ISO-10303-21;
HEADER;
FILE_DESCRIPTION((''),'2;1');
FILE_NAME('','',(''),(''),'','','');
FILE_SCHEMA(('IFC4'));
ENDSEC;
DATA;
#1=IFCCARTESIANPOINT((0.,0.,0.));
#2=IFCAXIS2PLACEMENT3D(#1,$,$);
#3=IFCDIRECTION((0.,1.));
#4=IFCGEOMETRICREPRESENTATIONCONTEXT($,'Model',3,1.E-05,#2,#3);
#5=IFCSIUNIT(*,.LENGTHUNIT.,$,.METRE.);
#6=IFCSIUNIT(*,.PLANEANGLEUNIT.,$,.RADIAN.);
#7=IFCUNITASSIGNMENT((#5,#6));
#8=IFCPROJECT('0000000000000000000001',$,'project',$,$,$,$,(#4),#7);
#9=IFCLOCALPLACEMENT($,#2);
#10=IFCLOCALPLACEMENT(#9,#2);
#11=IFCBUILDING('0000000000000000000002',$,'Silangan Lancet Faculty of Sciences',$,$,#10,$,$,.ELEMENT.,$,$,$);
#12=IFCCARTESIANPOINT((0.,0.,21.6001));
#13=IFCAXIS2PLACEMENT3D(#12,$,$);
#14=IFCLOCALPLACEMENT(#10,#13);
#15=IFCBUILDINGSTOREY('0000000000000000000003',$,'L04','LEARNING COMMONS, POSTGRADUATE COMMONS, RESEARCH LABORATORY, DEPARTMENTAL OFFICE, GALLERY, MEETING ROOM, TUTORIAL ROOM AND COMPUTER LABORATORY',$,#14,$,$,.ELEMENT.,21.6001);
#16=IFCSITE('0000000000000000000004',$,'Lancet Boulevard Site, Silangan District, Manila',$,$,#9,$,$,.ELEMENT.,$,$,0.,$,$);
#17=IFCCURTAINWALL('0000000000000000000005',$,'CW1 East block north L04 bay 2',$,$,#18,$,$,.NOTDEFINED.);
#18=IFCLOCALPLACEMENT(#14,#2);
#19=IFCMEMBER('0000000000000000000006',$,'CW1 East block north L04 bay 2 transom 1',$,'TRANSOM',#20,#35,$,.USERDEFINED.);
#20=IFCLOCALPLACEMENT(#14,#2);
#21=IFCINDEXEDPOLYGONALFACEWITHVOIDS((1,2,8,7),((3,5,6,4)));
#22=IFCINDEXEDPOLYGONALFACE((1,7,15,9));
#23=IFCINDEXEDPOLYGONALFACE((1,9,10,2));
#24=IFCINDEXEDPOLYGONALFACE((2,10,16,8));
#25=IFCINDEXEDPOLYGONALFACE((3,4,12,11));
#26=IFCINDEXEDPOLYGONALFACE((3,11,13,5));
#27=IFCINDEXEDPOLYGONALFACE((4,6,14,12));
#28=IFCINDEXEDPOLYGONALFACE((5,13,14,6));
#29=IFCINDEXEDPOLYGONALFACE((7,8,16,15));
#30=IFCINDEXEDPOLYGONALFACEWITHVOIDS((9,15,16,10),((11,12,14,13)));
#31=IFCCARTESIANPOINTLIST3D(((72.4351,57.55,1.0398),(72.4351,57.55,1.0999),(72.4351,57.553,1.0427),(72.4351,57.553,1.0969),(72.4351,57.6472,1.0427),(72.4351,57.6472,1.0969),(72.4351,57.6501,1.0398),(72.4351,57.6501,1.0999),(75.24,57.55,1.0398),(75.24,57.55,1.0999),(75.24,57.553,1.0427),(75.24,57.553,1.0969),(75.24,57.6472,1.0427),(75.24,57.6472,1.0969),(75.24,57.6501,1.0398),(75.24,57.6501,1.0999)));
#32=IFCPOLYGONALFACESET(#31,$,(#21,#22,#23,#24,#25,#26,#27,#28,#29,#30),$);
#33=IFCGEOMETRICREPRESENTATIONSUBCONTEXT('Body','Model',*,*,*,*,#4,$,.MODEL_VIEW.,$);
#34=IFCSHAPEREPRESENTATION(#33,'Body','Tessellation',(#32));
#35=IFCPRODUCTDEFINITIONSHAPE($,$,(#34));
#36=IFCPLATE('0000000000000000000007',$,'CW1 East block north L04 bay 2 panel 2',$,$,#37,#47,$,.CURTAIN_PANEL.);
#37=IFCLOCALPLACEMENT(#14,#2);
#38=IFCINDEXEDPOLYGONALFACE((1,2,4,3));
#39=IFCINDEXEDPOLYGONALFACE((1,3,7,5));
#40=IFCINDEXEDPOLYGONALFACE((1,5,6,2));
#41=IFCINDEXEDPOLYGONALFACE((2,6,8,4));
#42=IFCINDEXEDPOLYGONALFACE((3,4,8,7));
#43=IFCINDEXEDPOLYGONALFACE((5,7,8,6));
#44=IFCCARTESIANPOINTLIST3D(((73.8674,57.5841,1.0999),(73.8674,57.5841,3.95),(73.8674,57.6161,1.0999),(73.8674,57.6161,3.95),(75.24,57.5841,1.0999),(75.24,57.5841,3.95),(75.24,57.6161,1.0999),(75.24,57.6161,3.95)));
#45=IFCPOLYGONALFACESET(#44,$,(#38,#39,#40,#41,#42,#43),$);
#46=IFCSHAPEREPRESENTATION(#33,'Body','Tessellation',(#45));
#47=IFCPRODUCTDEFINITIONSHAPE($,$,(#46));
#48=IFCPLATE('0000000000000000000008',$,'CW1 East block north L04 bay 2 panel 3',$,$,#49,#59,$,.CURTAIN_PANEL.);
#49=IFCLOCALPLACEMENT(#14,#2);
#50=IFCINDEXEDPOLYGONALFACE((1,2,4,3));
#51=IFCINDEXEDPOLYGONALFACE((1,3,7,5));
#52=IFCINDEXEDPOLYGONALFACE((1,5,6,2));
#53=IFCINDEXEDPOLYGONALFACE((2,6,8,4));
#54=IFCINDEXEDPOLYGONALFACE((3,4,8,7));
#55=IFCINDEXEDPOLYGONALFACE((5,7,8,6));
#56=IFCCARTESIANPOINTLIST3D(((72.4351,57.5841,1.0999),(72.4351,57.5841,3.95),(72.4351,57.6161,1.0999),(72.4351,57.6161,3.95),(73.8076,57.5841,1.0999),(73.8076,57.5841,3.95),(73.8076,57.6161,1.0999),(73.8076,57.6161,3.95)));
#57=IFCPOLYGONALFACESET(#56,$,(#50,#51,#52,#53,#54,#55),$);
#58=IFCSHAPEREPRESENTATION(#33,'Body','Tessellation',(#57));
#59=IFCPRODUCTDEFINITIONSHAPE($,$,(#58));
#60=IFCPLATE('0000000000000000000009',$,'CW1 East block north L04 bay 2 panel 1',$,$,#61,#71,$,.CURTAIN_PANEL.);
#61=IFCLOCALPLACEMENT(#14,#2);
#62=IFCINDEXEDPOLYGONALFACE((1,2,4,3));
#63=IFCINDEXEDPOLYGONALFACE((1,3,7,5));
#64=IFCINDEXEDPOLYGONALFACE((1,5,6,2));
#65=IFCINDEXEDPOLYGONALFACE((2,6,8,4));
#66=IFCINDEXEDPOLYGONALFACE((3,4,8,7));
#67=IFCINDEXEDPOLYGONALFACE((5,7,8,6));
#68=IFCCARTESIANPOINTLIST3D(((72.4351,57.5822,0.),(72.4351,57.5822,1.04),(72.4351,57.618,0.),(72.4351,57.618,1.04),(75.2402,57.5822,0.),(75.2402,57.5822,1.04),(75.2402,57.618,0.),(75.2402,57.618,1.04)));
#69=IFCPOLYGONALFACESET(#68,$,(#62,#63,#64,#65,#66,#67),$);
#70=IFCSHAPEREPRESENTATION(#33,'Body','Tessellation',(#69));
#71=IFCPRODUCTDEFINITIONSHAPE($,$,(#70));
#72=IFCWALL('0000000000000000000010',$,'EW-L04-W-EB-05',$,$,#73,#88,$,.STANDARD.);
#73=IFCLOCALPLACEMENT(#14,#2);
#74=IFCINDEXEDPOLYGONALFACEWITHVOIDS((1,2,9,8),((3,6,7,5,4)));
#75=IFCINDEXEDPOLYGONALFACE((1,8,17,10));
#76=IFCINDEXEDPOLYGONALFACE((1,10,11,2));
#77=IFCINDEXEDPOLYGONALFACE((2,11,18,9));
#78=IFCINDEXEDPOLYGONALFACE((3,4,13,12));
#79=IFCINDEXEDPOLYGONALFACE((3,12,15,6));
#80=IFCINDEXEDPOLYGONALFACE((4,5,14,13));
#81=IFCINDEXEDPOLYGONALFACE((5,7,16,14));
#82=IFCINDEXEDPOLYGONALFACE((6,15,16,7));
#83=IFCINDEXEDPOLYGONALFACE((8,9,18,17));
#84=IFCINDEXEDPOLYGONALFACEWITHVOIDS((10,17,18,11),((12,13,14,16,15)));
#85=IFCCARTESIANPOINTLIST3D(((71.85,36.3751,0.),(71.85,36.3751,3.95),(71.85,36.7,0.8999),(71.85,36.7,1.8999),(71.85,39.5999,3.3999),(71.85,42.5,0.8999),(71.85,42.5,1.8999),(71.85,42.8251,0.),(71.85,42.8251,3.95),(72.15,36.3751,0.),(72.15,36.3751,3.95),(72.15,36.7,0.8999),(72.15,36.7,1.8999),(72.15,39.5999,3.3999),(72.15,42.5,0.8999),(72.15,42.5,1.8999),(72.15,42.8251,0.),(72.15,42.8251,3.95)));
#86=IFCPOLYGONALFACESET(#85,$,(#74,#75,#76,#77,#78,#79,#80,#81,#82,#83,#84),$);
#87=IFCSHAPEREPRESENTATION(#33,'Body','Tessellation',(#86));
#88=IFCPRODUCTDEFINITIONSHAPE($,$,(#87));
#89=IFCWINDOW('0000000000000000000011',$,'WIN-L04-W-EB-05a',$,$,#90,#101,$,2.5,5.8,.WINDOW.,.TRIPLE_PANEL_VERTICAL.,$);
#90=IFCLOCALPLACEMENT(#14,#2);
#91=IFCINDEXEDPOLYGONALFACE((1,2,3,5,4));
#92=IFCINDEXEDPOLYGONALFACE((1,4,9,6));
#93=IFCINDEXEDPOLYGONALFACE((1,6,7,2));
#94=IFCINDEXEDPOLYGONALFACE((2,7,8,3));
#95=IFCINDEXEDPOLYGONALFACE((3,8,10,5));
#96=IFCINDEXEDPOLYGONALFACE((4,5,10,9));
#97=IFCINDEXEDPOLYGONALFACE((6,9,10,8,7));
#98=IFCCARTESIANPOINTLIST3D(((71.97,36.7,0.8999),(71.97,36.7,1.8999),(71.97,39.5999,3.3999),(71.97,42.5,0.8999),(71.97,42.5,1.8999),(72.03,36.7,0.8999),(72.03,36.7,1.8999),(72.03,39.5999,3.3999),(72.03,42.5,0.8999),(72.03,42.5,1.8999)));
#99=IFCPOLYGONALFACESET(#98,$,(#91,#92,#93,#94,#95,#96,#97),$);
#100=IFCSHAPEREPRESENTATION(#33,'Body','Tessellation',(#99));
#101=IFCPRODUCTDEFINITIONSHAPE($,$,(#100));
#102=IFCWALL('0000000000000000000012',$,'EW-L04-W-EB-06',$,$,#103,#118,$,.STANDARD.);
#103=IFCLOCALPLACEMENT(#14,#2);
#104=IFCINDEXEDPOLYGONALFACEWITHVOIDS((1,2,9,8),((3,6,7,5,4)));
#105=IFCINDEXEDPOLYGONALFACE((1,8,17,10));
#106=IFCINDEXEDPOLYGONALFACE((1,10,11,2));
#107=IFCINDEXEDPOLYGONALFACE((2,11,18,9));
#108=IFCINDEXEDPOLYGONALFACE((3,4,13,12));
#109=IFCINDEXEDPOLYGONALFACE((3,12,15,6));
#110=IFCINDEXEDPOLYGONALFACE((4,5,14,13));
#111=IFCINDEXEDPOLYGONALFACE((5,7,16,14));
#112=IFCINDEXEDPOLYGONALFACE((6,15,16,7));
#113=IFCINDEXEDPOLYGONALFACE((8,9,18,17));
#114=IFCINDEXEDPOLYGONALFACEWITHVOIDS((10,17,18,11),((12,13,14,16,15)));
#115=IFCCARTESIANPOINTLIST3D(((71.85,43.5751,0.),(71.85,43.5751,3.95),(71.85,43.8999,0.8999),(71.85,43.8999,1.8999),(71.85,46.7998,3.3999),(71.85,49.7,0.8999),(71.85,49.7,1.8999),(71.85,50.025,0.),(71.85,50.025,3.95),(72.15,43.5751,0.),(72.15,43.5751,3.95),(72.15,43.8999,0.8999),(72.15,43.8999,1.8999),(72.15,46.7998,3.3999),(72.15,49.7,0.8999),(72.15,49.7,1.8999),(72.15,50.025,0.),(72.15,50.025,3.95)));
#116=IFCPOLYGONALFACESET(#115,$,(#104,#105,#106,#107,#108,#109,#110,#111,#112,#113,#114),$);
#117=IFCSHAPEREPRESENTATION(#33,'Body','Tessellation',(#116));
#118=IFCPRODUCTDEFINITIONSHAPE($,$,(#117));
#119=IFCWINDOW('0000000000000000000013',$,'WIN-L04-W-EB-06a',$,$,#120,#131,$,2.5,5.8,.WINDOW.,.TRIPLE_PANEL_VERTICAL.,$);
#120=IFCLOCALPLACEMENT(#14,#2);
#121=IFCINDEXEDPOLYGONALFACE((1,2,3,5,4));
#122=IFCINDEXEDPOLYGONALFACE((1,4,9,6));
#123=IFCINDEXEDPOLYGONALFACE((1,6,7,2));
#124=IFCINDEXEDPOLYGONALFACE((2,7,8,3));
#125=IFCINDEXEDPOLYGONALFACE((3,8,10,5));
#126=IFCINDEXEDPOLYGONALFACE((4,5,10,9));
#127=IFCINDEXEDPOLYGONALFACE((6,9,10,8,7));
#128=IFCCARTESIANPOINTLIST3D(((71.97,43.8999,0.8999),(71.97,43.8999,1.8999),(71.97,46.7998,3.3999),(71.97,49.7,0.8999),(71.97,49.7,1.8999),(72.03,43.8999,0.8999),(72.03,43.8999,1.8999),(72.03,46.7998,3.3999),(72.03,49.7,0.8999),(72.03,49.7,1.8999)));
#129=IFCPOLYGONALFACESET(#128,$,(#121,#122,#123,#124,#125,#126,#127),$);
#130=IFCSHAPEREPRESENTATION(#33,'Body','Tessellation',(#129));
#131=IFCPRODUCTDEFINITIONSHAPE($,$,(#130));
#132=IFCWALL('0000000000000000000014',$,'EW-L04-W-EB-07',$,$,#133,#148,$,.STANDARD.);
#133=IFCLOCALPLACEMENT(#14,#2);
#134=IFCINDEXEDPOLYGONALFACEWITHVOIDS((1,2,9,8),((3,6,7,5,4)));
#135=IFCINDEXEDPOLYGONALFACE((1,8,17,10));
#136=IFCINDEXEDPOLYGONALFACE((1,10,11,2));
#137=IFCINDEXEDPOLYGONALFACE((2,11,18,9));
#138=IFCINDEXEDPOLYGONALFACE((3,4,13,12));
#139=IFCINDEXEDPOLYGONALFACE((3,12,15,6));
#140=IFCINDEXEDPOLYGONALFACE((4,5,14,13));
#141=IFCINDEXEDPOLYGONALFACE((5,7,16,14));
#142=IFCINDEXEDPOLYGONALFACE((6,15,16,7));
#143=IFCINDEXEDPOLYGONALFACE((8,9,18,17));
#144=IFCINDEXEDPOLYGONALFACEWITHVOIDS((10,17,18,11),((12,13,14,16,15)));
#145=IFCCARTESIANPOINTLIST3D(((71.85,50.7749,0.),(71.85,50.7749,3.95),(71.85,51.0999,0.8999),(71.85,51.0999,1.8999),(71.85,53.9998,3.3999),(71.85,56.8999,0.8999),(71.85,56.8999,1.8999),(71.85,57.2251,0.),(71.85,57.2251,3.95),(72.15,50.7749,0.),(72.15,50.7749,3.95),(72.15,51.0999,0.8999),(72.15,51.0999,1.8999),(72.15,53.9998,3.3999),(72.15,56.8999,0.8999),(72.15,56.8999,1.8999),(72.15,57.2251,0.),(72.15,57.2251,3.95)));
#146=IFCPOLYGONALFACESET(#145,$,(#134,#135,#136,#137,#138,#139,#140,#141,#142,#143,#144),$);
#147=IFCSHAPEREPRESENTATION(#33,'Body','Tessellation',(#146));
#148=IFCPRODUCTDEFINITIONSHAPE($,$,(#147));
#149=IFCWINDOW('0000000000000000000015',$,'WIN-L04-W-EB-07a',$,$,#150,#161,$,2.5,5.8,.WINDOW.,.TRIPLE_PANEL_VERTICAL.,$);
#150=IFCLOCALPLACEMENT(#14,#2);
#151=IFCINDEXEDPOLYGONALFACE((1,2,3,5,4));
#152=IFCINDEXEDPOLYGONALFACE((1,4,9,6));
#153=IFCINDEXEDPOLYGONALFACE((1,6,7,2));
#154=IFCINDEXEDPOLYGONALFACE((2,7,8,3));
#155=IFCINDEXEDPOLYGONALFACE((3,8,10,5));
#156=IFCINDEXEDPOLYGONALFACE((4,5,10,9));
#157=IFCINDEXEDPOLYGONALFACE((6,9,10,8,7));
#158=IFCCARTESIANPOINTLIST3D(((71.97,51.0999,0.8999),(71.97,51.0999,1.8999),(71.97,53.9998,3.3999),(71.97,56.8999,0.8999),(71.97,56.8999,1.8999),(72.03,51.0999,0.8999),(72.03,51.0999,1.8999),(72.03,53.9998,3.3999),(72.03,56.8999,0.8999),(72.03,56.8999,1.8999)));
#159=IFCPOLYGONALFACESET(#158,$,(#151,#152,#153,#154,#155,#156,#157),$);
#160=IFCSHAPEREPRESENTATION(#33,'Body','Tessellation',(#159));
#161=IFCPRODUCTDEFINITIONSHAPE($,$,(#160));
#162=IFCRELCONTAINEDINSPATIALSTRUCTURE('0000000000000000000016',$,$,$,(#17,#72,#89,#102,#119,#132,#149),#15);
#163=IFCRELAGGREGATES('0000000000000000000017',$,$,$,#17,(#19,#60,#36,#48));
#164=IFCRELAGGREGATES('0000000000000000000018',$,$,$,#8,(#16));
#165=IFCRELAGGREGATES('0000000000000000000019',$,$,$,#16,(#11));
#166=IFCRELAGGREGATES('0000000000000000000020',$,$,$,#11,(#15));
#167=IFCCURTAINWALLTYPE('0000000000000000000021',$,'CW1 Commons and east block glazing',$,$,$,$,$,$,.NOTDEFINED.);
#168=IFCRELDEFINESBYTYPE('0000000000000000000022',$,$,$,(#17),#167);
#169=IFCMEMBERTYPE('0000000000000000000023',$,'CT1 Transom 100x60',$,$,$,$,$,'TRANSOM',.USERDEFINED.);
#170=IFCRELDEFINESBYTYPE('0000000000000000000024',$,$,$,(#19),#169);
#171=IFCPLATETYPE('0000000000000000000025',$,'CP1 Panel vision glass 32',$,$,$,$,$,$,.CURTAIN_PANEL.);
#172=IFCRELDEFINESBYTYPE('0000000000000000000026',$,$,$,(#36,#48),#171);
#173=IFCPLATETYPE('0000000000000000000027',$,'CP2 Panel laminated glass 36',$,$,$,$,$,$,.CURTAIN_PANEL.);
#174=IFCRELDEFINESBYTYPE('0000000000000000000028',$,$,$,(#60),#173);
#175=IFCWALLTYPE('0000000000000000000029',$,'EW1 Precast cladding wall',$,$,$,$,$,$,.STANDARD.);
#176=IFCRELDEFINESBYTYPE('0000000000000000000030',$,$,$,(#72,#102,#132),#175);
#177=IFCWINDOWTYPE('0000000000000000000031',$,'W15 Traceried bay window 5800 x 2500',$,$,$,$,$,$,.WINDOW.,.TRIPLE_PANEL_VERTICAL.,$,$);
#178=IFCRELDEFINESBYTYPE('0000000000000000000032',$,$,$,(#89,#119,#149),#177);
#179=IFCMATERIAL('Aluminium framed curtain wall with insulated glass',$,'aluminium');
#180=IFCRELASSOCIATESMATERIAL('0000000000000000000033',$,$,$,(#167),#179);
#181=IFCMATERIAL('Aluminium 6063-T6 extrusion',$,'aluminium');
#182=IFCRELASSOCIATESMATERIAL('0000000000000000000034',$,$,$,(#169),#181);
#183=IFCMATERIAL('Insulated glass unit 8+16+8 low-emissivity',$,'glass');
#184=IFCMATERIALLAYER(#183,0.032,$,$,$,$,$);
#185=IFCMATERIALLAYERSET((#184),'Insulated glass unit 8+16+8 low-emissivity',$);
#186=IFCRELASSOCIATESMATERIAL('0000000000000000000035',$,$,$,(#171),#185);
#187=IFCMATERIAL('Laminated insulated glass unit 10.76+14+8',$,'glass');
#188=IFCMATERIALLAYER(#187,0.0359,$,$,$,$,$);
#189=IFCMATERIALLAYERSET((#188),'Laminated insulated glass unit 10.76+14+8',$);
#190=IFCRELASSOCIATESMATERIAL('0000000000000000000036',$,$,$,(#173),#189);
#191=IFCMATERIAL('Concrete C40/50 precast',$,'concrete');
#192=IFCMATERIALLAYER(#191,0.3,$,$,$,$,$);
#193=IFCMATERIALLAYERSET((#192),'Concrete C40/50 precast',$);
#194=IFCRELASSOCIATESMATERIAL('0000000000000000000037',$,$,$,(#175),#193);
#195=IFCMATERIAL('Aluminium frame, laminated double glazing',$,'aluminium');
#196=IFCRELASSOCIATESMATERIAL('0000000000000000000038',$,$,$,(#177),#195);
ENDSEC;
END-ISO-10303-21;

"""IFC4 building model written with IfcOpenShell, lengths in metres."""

from ifc_helpers import new_model, si_unit, direction, frame, frame_2d, origin, origin_2d, place, context, subcontext, project, spatial, polyline, rectangle, hollow_rectangle, outline, extrude, material, layer, layer_set, material_profile, profile_set, type_object, element, fill, aggregate, save


model = new_model("IFC4")

# Units and contexts
model_context = context("Model", 3, precision=1e-05, world=origin(), true_north=direction((0.0, 1.0)))
body_context = subcontext(model_context, "Body", "Model", "MODEL_VIEW")
ifc_project = project(units=[si_unit("LENGTHUNIT", "METRE"), si_unit("PLANEANGLEUNIT", "RADIAN")], contexts=[model_context])

# Site, building, storey
site_placement = place(None, origin())
site = spatial("IfcSite", under=ifc_project, at=site_placement, Name="Lancet Boulevard Site, Silangan District, Manila", CompositionType="ELEMENT", RefElevation=0.0)
building_placement = place(site_placement, origin())
building = spatial("IfcBuilding", under=site, at=building_placement, Name="Silangan Lancet Faculty of Sciences", CompositionType="ELEMENT")
storey_placement = place(building_placement, frame((0.0, 0.0, 21.6001)))
storey = spatial("IfcBuildingStorey", under=building, at=storey_placement, Name="L04", Description="LEARNING COMMONS, POSTGRADUATE COMMONS, RESEARCH LABORATORY, DEPARTMENTAL OFFICE, GALLERY, MEETING ROOM, TUTORIAL ROOM AND COMPUTER LABORATORY", CompositionType="ELEMENT", Elevation=21.6001)

# Curtain wall, member, plates
ifc_material_1 = material(Name="Aluminium framed curtain wall with insulated glass", Category="aluminium")
curtain_wall_type = type_object("IfcCurtainWallType", Name="CW1 Commons and east block glazing", PredefinedType="NOTDEFINED", material=ifc_material_1)
curtain_wall_placement = place(storey_placement, origin())
curtain_wall = element("IfcCurtainWall", 1, at=curtain_wall_placement, inside=storey, type_object=curtain_wall_type, Name="CW1 East block north L04 bay 2", PredefinedType="NOTDEFINED")
ifc_material_2 = material(Name="Aluminium 6063-T6 extrusion", Category="aluminium")
ifc_material_profile_1 = material_profile(ifc_material_2, hollow_rectangle(XDim=0.1001, YDim=0.0601, WallThickness=0.0029, at=origin_2d()), Name="AL BOX 100x60x3")
ifc_profile_set_1 = profile_set([ifc_material_profile_1], Name="Aluminium 6063-T6 extrusion")
member_type_1 = type_object("IfcMemberType", Name="CT1 Transom 100x60", ElementType="TRANSOM", PredefinedType="USERDEFINED", material=ifc_profile_set_1)
member_1_placement = place(storey_placement, frame((75.24, 57.6001, 1.0698), z_axis=(-1.0, 0.0, 0.0), x_axis=(0.0, -1.0, 0.0)))
member_1 = element("IfcMember", 2, at=member_1_placement, type_object=member_type_1, Name="CW1 East block north L04 bay 2 transom 1", ObjectType="TRANSOM", PredefinedType="USERDEFINED", context=body_context, shape_type="SweptSolid", body=[
    extrude(hollow_rectangle(XDim=0.1001, YDim=0.0601, WallThickness=0.0029, at=origin_2d()), origin(), (0.0, 0.0, 1.0), 2.8049),
])
ifc_material_3 = material(Name="Insulated glass unit 8+16+8 low-emissivity", Category="glass")
ifc_layer_1 = layer(ifc_material_3, 0.032)
ifc_layer_set_1 = layer_set([ifc_layer_1], Name="Insulated glass unit 8+16+8 low-emissivity")
plate_type_1 = type_object("IfcPlateType", Name="CP1 Panel vision glass 32", PredefinedType="CURTAIN_PANEL", material=ifc_layer_set_1)
plate_1_placement = place(storey_placement, frame((74.5537, 57.6001, 1.0999), z_axis=(0.0, 0.0, 1.0), x_axis=(-1.0, 0.0, 0.0)))
plate_1 = element("IfcPlate", 3, at=plate_1_placement, type_object=plate_type_1, Name="CW1 East block north L04 bay 2 panel 2", PredefinedType="CURTAIN_PANEL", context=body_context, shape_type="SweptSolid", body=[
    extrude(rectangle(XDim=1.3726, YDim=0.032, at=origin_2d()), origin(), (0.0, 0.0, 1.0), 2.8501),
])
plate_2_placement = place(storey_placement, frame((73.1213, 57.6001, 1.0999), z_axis=(0.0, 0.0, 1.0), x_axis=(-1.0, 0.0, 0.0)))
plate_2 = element("IfcPlate", 4, at=plate_2_placement, type_object=plate_type_1, Name="CW1 East block north L04 bay 2 panel 3", PredefinedType="CURTAIN_PANEL", context=body_context, shape_type="SweptSolid", body=[
    extrude(rectangle(XDim=1.3726, YDim=0.032, at=origin_2d()), origin(), (0.0, 0.0, 1.0), 2.8501),
])
ifc_material_4 = material(Name="Laminated insulated glass unit 10.76+14+8", Category="glass")
ifc_layer_2 = layer(ifc_material_4, 0.0359)
ifc_layer_set_2 = layer_set([ifc_layer_2], Name="Laminated insulated glass unit 10.76+14+8")
plate_type_2 = type_object("IfcPlateType", Name="CP2 Panel laminated glass 36", PredefinedType="CURTAIN_PANEL", material=ifc_layer_set_2)
plate_3_placement = place(storey_placement, frame((73.8376, 57.6001, 0.0), z_axis=(0.0, 0.0, 1.0), x_axis=(-1.0, 0.0, 0.0)))
plate_3 = element("IfcPlate", 5, at=plate_3_placement, type_object=plate_type_2, Name="CW1 East block north L04 bay 2 panel 1", PredefinedType="CURTAIN_PANEL", context=body_context, shape_type="SweptSolid", body=[
    extrude(rectangle(XDim=2.8052, YDim=0.0359, at=origin_2d()), origin(), (0.0, 0.0, 1.0), 1.04),
])
aggregate(curtain_wall, [member_1, plate_3, plate_1, plate_2])

# Walls, openings, windows
ifc_material_5 = material(Name="Concrete C40/50 precast", Category="concrete")
ifc_layer_3 = layer(ifc_material_5, 0.3)
ifc_layer_set_3 = layer_set([ifc_layer_3], Name="Concrete C40/50 precast")
wall_type_1 = type_object("IfcWallType", Name="EW1 Precast cladding wall", PredefinedType="STANDARD", material=ifc_layer_set_3)
wall_1_placement = place(storey_placement, frame((72.0, 36.375, 0.0), z_axis=(0.0, 0.0, 1.0), x_axis=(0.0, 1.0, 0.0)))
wall_1 = element("IfcWall", 6, at=wall_1_placement, inside=storey, type_object=wall_type_1, Name="EW-L04-W-EB-05", PredefinedType="STANDARD", context=body_context, shape_type="SweptSolid", body=[
    extrude(rectangle(XDim=6.45, YDim=0.3, at=frame_2d((3.2251, 0.0))), origin(), (0.0, 0.0, 1.0), 3.95),
])
opening_1_placement = place(wall_1_placement, frame((0.325, 0.0, 0.8999)))
opening_1 = element("IfcOpeningElement", 7, at=opening_1_placement, cuts=wall_1, PredefinedType="OPENING", context=body_context, shape_type="SweptSolid", body=[
    extrude(outline(polyline([(0.0, 0.0), (5.8, 0.0), (5.8, 1.0), (2.8999, 2.5), (0.0, 1.0), (0.0, 0.0)])), frame((0.0, 0.1599, 0.0), z_axis=(0.0, -1.0, 0.0), x_axis=(1.0, 0.0, 0.0)), (0.0, 0.0, 1.0), 0.3201),
])
ifc_material_6 = material(Name="Aluminium frame, laminated double glazing", Category="aluminium")
window_type = type_object("IfcWindowType", Name="W15 Traceried bay window 5800 x 2500", PartitioningType="TRIPLE_PANEL_VERTICAL", PredefinedType="WINDOW", material=ifc_material_6)
window_1_placement = place(opening_1_placement, origin())
window_1 = element("IfcWindow", 8, at=window_1_placement, inside=storey, type_object=window_type, Name="WIN-L04-W-EB-05a", OverallHeight=2.5, OverallWidth=5.8, PartitioningType="TRIPLE_PANEL_VERTICAL", PredefinedType="WINDOW", context=body_context, shape_type="SweptSolid", body=[
    extrude(outline(polyline([(0.0, 0.0), (5.8, 0.0), (5.8, 1.0), (2.8999, 2.5), (0.0, 1.0), (0.0, 0.0)])), frame((0.0, 0.03, 0.0), z_axis=(0.0, -1.0, 0.0), x_axis=(1.0, 0.0, 0.0)), (0.0, 0.0, 1.0), 0.0601),
])
fill(opening_1, window_1)
wall_2_placement = place(storey_placement, frame((72.0, 43.575, 0.0), z_axis=(0.0, 0.0, 1.0), x_axis=(0.0, 1.0, 0.0)))
wall_2 = element("IfcWall", 9, at=wall_2_placement, inside=storey, type_object=wall_type_1, Name="EW-L04-W-EB-06", PredefinedType="STANDARD", context=body_context, shape_type="SweptSolid", body=[
    extrude(rectangle(XDim=6.45, YDim=0.3, at=frame_2d((3.2251, 0.0))), origin(), (0.0, 0.0, 1.0), 3.95),
])
opening_2_placement = place(wall_2_placement, frame((0.325, 0.0, 0.8999)))
opening_2 = element("IfcOpeningElement", 10, at=opening_2_placement, cuts=wall_2, PredefinedType="OPENING", context=body_context, shape_type="SweptSolid", body=[
    extrude(outline(polyline([(0.0, 0.0), (5.8, 0.0), (5.8, 1.0), (2.8999, 2.5), (0.0, 1.0), (0.0, 0.0)])), frame((0.0, 0.1599, 0.0), z_axis=(0.0, -1.0, 0.0), x_axis=(1.0, 0.0, 0.0)), (0.0, 0.0, 1.0), 0.3201),
])
window_2_placement = place(opening_2_placement, origin())
window_2 = element("IfcWindow", 11, at=window_2_placement, inside=storey, type_object=window_type, Name="WIN-L04-W-EB-06a", OverallHeight=2.5, OverallWidth=5.8, PartitioningType="TRIPLE_PANEL_VERTICAL", PredefinedType="WINDOW", context=body_context, shape_type="SweptSolid", body=[
    extrude(outline(polyline([(0.0, 0.0), (5.8, 0.0), (5.8, 1.0), (2.8999, 2.5), (0.0, 1.0), (0.0, 0.0)])), frame((0.0, 0.03, 0.0), z_axis=(0.0, -1.0, 0.0), x_axis=(1.0, 0.0, 0.0)), (0.0, 0.0, 1.0), 0.0601),
])
fill(opening_2, window_2)
wall_3_placement = place(storey_placement, frame((72.0, 50.7749, 0.0), z_axis=(0.0, 0.0, 1.0), x_axis=(0.0, 1.0, 0.0)))
wall_3 = element("IfcWall", 12, at=wall_3_placement, inside=storey, type_object=wall_type_1, Name="EW-L04-W-EB-07", PredefinedType="STANDARD", context=body_context, shape_type="SweptSolid", body=[
    extrude(rectangle(XDim=6.4502, YDim=0.3, at=frame_2d((3.2251, 0.0))), origin(), (0.0, 0.0, 1.0), 3.95),
])
opening_3_placement = place(wall_3_placement, frame((0.325, 0.0, 0.8999)))
opening_3 = element("IfcOpeningElement", 13, at=opening_3_placement, cuts=wall_3, PredefinedType="OPENING", context=body_context, shape_type="SweptSolid", body=[
    extrude(outline(polyline([(0.0, 0.0), (5.8, 0.0), (5.8, 1.0), (2.8999, 2.5), (0.0, 1.0), (0.0, 0.0)])), frame((0.0, 0.1599, 0.0), z_axis=(0.0, -1.0, 0.0), x_axis=(1.0, 0.0, 0.0)), (0.0, 0.0, 1.0), 0.3201),
])
window_3_placement = place(opening_3_placement, origin())
window_3 = element("IfcWindow", 14, at=window_3_placement, inside=storey, type_object=window_type, Name="WIN-L04-W-EB-07a", OverallHeight=2.5, OverallWidth=5.8, PartitioningType="TRIPLE_PANEL_VERTICAL", PredefinedType="WINDOW", context=body_context, shape_type="SweptSolid", body=[
    extrude(outline(polyline([(0.0, 0.0), (5.8, 0.0), (5.8, 1.0), (2.8999, 2.5), (0.0, 1.0), (0.0, 0.0)])), frame((0.0, 0.03, 0.0), z_axis=(0.0, -1.0, 0.0), x_axis=(1.0, 0.0, 0.0)), (0.0, 0.0, 1.0), 0.0601),
])
fill(opening_3, window_3)

save(model, "model.ifc")
